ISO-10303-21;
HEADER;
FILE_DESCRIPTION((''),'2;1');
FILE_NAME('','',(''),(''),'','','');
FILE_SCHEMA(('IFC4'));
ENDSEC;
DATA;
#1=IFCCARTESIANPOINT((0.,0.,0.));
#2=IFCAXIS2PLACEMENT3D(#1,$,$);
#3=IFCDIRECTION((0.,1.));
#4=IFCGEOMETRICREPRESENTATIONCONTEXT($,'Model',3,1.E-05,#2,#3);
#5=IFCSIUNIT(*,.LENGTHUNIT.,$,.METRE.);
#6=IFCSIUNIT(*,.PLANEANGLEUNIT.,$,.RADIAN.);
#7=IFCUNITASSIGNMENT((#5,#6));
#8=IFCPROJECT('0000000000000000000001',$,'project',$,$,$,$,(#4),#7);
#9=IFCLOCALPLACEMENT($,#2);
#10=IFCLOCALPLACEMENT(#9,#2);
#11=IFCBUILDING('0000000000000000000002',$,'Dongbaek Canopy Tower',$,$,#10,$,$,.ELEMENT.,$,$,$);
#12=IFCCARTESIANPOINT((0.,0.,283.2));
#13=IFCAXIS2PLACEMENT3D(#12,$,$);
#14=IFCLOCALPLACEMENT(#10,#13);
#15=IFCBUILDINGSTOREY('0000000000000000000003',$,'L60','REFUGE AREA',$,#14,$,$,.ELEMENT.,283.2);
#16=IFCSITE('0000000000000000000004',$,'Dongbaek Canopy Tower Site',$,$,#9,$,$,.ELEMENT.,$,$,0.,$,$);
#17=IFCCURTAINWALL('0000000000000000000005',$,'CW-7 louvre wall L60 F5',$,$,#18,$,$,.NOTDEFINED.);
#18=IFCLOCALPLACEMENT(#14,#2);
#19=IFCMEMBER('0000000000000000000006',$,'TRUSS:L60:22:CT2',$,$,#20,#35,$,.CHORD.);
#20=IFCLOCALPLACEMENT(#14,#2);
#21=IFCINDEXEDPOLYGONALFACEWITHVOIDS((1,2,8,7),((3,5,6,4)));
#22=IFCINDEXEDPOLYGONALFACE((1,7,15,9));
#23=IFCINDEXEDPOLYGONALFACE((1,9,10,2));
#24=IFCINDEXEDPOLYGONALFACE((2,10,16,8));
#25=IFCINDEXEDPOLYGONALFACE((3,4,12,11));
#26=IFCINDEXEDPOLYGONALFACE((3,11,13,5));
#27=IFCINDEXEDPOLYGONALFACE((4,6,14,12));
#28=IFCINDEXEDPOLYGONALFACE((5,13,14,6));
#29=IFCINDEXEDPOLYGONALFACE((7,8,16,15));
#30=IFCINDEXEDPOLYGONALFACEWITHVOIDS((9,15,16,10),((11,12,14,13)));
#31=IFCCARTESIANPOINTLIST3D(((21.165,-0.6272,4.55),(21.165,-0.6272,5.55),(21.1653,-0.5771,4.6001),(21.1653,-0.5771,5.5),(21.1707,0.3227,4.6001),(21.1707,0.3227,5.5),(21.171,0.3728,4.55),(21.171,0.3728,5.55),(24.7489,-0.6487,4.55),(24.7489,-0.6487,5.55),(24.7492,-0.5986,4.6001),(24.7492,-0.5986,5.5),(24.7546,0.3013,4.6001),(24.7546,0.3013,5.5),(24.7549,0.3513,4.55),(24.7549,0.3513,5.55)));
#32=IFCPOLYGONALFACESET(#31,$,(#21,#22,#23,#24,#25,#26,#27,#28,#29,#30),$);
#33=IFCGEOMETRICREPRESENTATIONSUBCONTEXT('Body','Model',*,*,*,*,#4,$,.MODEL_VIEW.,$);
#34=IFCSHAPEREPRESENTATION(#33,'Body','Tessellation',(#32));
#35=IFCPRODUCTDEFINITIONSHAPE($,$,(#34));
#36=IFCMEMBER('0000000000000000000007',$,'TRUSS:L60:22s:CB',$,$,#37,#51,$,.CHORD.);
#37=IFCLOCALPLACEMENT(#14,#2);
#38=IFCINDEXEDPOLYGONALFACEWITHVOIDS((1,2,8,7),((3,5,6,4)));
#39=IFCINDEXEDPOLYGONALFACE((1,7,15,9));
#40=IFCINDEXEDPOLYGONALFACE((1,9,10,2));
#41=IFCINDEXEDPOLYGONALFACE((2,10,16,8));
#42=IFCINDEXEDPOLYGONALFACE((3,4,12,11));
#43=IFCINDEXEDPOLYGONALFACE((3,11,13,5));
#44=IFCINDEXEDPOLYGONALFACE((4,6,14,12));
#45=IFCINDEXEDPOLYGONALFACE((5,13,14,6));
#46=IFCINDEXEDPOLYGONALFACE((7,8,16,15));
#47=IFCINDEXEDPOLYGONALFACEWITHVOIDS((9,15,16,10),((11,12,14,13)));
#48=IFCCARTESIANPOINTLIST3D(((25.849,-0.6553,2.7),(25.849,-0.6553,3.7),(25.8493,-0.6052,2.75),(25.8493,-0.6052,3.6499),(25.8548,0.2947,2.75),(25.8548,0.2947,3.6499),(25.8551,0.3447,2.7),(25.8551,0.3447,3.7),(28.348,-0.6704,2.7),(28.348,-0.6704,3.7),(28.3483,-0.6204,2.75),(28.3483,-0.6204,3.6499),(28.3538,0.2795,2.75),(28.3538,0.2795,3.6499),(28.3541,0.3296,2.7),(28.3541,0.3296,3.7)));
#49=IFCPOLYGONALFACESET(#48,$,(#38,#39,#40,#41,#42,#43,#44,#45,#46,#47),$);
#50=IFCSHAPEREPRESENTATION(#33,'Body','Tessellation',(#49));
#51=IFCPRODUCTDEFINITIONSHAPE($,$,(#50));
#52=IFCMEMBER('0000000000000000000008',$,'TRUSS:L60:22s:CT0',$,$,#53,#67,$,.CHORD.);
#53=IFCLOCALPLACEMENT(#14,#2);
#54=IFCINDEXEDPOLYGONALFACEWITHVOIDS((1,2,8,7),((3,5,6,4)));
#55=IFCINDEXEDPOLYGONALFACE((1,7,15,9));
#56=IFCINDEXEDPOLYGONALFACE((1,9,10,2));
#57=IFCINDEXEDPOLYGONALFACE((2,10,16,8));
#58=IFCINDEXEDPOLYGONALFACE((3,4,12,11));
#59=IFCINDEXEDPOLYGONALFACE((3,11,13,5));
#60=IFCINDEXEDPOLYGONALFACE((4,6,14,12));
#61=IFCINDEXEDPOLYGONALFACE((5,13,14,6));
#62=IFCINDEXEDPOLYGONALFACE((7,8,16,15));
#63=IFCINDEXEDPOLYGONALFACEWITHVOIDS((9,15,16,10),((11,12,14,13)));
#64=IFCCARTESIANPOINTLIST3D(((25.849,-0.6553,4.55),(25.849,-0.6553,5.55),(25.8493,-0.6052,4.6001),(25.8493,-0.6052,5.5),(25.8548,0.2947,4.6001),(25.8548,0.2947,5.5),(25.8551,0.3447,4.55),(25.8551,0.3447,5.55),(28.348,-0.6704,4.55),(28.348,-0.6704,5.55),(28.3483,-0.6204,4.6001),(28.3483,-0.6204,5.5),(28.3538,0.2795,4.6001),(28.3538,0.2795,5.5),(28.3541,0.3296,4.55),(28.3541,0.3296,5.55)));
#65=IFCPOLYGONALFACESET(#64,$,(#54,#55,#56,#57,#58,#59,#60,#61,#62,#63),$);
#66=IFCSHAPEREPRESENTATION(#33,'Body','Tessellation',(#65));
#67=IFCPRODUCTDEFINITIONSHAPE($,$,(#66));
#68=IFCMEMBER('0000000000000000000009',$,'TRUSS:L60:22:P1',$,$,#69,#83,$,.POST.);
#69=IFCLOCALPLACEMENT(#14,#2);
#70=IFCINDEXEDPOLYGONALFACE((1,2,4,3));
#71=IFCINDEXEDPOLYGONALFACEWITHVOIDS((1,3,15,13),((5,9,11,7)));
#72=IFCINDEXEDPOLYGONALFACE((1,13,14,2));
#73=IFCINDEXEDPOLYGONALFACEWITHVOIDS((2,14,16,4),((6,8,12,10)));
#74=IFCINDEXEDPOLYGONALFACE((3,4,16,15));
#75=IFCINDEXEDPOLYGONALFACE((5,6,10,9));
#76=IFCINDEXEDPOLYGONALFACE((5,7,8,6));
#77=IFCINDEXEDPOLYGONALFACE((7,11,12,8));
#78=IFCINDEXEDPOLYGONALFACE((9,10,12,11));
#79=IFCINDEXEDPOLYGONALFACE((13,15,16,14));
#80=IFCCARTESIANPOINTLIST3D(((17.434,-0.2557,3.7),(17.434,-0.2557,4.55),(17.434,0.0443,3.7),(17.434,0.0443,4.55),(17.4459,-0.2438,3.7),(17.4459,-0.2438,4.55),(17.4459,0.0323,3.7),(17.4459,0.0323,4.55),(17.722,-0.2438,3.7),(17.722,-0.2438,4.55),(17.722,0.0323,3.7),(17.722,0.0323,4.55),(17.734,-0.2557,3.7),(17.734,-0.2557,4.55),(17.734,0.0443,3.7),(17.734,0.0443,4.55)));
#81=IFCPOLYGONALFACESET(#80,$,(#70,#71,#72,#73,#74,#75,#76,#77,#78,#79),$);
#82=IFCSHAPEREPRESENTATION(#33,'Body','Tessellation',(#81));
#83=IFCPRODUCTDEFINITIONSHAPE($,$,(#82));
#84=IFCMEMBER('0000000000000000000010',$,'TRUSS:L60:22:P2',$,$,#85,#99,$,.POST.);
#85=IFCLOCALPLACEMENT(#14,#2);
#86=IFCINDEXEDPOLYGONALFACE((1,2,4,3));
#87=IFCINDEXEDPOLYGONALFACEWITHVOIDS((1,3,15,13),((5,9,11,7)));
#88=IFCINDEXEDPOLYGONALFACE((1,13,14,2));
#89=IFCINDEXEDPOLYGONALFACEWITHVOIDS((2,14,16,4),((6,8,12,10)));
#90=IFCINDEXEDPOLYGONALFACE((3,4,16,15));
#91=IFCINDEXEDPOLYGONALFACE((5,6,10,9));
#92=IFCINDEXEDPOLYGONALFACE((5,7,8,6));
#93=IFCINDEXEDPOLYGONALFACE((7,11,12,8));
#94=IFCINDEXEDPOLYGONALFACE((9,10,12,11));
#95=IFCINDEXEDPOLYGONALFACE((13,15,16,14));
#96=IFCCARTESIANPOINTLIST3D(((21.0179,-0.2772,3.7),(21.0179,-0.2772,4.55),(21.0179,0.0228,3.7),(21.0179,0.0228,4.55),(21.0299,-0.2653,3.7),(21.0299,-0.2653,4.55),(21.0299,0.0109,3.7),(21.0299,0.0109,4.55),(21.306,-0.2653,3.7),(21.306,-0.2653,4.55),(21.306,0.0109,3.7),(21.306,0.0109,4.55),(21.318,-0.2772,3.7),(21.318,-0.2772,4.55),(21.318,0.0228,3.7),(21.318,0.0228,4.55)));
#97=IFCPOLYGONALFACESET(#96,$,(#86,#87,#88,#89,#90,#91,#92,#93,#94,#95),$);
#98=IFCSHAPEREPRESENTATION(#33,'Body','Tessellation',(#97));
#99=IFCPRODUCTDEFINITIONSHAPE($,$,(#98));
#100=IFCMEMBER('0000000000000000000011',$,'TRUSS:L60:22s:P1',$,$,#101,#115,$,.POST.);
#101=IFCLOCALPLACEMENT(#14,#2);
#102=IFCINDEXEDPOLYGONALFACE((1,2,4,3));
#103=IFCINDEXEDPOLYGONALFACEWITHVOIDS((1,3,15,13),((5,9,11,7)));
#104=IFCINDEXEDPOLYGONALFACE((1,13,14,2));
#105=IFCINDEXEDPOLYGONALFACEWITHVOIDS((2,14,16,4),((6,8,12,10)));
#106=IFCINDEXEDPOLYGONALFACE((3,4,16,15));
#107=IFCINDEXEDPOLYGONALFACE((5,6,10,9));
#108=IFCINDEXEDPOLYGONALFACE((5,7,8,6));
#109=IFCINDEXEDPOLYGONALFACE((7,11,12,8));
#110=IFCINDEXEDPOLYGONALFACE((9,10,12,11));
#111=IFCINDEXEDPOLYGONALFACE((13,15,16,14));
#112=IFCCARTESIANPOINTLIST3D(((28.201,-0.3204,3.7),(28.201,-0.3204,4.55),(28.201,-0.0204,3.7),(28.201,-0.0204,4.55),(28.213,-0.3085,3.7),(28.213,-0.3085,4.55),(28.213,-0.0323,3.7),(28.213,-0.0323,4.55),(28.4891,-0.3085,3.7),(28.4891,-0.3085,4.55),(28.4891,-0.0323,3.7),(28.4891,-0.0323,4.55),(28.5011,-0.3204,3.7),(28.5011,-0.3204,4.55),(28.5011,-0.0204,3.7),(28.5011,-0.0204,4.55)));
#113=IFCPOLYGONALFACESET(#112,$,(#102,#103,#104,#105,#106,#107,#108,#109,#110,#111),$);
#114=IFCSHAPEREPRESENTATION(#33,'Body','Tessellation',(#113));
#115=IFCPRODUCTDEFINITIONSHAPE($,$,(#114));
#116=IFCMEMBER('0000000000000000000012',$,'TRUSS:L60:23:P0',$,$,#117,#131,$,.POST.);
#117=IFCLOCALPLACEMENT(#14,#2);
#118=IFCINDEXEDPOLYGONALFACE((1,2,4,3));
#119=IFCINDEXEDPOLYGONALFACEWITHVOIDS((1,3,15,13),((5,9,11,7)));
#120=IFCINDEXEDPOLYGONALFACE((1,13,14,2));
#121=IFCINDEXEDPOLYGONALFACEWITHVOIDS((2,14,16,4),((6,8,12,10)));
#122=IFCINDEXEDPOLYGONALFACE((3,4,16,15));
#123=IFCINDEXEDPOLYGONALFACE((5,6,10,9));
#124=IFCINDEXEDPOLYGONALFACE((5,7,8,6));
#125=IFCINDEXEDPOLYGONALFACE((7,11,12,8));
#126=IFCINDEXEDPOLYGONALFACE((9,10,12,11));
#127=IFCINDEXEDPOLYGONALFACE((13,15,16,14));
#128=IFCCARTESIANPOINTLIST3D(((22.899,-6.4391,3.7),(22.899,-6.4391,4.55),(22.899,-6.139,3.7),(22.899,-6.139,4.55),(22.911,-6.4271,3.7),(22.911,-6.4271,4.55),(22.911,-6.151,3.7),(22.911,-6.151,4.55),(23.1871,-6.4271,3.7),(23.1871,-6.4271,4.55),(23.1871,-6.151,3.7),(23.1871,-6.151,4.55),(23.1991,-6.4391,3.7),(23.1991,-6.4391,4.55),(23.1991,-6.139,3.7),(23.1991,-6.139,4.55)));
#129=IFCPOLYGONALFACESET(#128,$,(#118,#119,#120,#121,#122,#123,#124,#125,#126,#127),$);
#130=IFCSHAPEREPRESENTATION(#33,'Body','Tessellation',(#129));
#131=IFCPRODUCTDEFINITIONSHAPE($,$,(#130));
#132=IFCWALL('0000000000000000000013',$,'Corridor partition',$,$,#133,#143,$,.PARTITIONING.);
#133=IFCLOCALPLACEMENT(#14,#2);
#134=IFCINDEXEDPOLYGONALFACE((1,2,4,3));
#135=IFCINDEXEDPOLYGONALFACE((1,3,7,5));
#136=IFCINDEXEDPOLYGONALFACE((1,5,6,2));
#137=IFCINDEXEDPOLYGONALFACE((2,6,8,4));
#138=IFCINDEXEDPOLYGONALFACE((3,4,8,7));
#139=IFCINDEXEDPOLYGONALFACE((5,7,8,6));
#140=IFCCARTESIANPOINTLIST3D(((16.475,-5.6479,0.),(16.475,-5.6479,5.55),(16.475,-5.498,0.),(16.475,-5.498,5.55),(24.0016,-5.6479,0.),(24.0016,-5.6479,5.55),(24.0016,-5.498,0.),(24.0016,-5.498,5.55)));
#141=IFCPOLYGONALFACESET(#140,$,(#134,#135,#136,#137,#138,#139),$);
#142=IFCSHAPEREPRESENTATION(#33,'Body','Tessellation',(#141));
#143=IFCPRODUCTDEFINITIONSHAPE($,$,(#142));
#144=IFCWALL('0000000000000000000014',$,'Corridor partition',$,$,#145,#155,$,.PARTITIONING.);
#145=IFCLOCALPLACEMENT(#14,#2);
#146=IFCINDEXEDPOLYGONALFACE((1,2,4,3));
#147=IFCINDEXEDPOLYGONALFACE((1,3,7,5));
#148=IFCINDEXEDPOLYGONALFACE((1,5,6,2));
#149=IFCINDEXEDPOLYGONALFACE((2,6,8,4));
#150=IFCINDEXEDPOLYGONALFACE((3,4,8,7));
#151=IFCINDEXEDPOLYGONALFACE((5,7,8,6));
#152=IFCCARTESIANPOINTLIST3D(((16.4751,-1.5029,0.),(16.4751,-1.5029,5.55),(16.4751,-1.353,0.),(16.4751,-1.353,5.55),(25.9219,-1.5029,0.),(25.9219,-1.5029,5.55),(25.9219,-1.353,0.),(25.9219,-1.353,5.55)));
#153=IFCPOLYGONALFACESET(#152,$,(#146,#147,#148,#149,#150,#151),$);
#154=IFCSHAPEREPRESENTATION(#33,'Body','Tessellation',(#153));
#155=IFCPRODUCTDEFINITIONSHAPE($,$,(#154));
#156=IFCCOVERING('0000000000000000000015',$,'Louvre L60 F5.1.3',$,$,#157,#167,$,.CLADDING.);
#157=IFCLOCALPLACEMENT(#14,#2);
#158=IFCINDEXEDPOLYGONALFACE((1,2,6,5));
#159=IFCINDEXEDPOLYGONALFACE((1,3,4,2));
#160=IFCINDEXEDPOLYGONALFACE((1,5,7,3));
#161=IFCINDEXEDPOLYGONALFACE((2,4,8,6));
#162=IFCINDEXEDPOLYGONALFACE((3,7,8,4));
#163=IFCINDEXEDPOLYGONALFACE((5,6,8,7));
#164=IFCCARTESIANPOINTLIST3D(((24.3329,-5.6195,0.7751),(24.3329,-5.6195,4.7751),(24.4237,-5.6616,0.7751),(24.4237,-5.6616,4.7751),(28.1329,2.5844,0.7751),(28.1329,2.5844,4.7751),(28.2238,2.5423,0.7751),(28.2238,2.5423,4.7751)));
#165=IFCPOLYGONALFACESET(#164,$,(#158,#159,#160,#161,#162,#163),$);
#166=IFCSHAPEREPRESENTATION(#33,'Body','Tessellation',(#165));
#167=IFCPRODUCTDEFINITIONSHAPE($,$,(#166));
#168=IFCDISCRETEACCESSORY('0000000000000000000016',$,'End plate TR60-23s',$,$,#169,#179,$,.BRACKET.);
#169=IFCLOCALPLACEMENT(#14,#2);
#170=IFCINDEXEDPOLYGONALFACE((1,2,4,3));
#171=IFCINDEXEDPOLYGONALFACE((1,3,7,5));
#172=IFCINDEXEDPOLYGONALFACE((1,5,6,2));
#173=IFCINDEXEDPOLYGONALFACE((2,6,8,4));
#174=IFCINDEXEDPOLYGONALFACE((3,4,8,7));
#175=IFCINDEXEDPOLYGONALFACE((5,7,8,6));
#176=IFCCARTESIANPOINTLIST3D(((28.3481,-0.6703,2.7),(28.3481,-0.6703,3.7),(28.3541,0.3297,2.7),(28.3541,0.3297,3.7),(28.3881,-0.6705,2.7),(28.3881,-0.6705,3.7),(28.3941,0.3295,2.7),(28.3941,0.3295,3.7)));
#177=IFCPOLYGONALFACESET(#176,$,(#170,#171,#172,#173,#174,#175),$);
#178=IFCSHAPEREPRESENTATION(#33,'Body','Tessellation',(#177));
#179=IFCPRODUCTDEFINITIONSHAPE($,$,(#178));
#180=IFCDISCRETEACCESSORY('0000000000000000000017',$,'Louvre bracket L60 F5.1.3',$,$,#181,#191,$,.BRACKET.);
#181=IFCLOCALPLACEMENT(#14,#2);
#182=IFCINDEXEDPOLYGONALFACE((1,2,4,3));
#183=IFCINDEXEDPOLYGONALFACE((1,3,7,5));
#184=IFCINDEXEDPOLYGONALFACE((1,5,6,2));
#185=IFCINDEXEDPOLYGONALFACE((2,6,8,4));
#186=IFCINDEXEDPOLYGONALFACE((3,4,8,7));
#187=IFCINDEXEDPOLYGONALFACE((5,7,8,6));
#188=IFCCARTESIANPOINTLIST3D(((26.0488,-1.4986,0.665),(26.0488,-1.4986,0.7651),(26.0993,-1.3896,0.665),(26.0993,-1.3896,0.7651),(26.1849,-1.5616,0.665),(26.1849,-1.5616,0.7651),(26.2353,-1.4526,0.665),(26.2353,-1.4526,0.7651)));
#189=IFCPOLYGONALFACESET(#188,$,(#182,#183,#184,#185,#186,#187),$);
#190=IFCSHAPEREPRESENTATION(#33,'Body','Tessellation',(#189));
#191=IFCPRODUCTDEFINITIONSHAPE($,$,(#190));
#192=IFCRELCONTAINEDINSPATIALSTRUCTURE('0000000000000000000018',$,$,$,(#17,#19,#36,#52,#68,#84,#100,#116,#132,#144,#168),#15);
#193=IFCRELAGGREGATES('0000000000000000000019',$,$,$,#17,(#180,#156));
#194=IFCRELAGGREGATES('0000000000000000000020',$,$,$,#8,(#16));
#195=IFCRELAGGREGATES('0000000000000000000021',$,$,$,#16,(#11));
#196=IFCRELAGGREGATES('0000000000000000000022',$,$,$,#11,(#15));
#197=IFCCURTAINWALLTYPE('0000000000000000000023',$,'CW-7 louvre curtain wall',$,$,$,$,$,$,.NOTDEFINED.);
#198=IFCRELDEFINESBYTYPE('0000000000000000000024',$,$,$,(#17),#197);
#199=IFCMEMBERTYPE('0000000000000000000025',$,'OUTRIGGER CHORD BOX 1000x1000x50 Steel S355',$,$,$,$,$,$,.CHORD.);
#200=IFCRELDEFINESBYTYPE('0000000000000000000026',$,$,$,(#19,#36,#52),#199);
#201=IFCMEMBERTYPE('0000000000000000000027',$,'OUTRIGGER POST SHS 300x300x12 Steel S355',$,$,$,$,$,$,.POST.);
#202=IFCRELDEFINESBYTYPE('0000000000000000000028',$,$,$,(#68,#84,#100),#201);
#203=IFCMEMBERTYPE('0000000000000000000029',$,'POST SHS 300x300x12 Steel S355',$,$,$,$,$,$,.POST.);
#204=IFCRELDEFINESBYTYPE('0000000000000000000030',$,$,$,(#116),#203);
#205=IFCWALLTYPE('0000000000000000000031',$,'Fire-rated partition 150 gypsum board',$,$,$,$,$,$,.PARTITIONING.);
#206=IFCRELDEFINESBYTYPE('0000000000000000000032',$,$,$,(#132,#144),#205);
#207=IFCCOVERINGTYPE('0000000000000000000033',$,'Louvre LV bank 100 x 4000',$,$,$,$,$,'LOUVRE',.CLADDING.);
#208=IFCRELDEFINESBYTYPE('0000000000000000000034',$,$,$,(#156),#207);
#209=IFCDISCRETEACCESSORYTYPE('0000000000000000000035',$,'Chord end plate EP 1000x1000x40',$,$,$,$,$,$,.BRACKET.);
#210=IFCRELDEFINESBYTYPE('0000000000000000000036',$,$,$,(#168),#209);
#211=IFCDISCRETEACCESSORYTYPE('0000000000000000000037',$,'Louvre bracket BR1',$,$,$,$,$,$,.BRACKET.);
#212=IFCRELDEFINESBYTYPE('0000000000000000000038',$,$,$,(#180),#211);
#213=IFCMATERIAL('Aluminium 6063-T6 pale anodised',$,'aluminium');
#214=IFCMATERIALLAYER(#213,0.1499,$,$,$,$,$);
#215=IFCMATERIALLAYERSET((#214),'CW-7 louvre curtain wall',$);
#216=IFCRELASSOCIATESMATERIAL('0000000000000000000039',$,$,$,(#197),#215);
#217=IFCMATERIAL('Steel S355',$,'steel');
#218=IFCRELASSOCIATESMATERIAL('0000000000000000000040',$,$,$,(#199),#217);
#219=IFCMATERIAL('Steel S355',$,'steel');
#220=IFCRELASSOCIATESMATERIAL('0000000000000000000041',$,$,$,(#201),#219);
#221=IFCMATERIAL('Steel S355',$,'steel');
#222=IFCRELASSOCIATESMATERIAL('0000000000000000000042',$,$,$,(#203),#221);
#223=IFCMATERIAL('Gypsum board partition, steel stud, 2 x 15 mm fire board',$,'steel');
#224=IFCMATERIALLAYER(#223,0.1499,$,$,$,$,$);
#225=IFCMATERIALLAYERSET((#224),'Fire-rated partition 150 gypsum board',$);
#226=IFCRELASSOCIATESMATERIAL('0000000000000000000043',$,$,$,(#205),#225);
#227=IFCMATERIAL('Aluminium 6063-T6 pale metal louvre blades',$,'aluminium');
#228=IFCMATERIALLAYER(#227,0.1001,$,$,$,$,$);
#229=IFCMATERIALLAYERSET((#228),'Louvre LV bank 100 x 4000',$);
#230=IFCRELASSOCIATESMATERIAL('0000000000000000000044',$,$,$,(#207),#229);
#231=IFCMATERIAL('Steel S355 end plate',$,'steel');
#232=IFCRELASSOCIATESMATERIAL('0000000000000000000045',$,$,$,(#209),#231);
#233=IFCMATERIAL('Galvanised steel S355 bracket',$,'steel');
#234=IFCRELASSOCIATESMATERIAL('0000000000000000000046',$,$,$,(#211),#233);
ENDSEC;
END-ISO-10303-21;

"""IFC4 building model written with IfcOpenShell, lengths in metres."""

from ifc_helpers import new_model, si_unit, direction, frame, frame_2d, origin, origin_2d, place, context, subcontext, project, spatial, rectangle, hollow_rectangle, extrude, material, layer, layer_set, material_profile, profile_set, type_object, element, aggregate, save


model = new_model("IFC4")

# Units and contexts
model_context = context("Model", 3, precision=1e-05, world=origin(), true_north=direction((0.0, 1.0)))
body_context = subcontext(model_context, "Body", "Model", "MODEL_VIEW")
ifc_project = project(units=[si_unit("LENGTHUNIT", "METRE"), si_unit("PLANEANGLEUNIT", "RADIAN")], contexts=[model_context])

# Site, building, storey
site_placement = place(None, origin())
site = spatial("IfcSite", under=ifc_project, at=site_placement, Name="Dongbaek Canopy Tower Site", CompositionType="ELEMENT", RefElevation=0.0)
building_placement = place(site_placement, origin())
building = spatial("IfcBuilding", under=site, at=building_placement, Name="Dongbaek Canopy Tower", CompositionType="ELEMENT")
storey_placement = place(building_placement, frame((0.0, 0.0, 283.2)))
storey = spatial("IfcBuildingStorey", under=building, at=storey_placement, Name="L60", Description="REFUGE AREA", CompositionType="ELEMENT", Elevation=283.2)

# Curtain wall
ifc_material_1 = material(Name="Aluminium 6063-T6 pale anodised", Category="aluminium")
ifc_layer_1 = layer(ifc_material_1, 0.1499)
ifc_layer_set_1 = layer_set([ifc_layer_1], Name="CW-7 louvre curtain wall")
curtain_wall_type = type_object("IfcCurtainWallType", Name="CW-7 louvre curtain wall", PredefinedType="NOTDEFINED", material=ifc_layer_set_1)
curtain_wall_placement = place(storey_placement, origin())
curtain_wall = element("IfcCurtainWall", 1, at=curtain_wall_placement, inside=storey, type_object=curtain_wall_type, Name="CW-7 louvre wall L60 F5", PredefinedType="NOTDEFINED")

# Members
ifc_material_2 = material(Name="Steel S355", Category="steel")
ifc_material_profile_1 = material_profile(ifc_material_2, hollow_rectangle(XDim=1.0, YDim=1.0, WallThickness=0.05, at=origin_2d()), Name="OUTRIGGER CHORD BOX 1000x1000x50 Steel S355")
ifc_profile_set_1 = profile_set([ifc_material_profile_1], Name="Steel S355")
member_type_1 = type_object("IfcMemberType", Name="OUTRIGGER CHORD BOX 1000x1000x50 Steel S355", PredefinedType="CHORD", material=ifc_profile_set_1)
for number, where, z_axis, x_axis, name in (
    (2, (21.168, -0.1272, 5.05), (0.999982, -0.005994, 0.0), (0.005994, 0.999982, 0.0), "TRUSS:L60:22:CT2"),
):
    element("IfcMember", number, at=place(storey_placement, frame(where, z_axis=z_axis, x_axis=x_axis)), inside=storey, type_object=member_type_1, Name=name, PredefinedType="CHORD", context=body_context, shape_type="SweptSolid", body=[
        extrude(hollow_rectangle(XDim=1.0, YDim=1.0, WallThickness=0.05, at=origin_2d()), origin(), (0.0, 0.0, 1.0), 3.584),
    ])
for number, where, z_axis, x_axis, name in (
    (3, (25.8521, -0.1553, 3.2), (0.999982, -0.006057, 0.0), (0.006057, 0.999982, 0.0), "TRUSS:L60:22s:CB"),
    (4, (25.8521, -0.1553, 5.05), (0.999982, -0.006057, 0.0), (0.006057, 0.999982, 0.0), "TRUSS:L60:22s:CT0"),
):
    element("IfcMember", number, at=place(storey_placement, frame(where, z_axis=z_axis, x_axis=x_axis)), inside=storey, type_object=member_type_1, Name=name, PredefinedType="CHORD", context=body_context, shape_type="SweptSolid", body=[
        extrude(hollow_rectangle(XDim=1.0, YDim=1.0, WallThickness=0.05, at=origin_2d()), origin(), (0.0, 0.0, 1.0), 2.499),
    ])
ifc_material_3 = material(Name="Steel S355", Category="steel")
ifc_material_profile_2 = material_profile(ifc_material_3, hollow_rectangle(XDim=0.3, YDim=0.3, WallThickness=0.012, at=origin_2d()), Name="OUTRIGGER POST SHS 300x300x12 Steel S355")
ifc_profile_set_2 = profile_set([ifc_material_profile_2], Name="Steel S355")
member_type_2 = type_object("IfcMemberType", Name="OUTRIGGER POST SHS 300x300x12 Steel S355", PredefinedType="POST", material=ifc_profile_set_2)
for number, where, z_axis, x_axis, name in (
    (5, (17.584, -0.1057, 3.7), (0.0, 0.0, 1.0), (1.0, 0.0, 0.0), "TRUSS:L60:22:P1"),
    (6, (21.168, -0.1272, 3.7), (0.0, 0.0, 1.0), (1.0, 0.0, 0.0), "TRUSS:L60:22:P2"),
    (7, (28.3511, -0.1704, 3.7), (0.0, 0.0, 1.0), (1.0, 0.0, 0.0), "TRUSS:L60:22s:P1"),
):
    element("IfcMember", number, at=place(storey_placement, frame(where, z_axis=z_axis, x_axis=x_axis)), inside=storey, type_object=member_type_2, Name=name, PredefinedType="POST", context=body_context, shape_type="SweptSolid", body=[
        extrude(hollow_rectangle(XDim=0.3, YDim=0.3, WallThickness=0.012, at=origin_2d()), origin(), (0.0, 0.0, 1.0), 0.8501),
    ])
ifc_material_4 = material(Name="Steel S355", Category="steel")
ifc_material_profile_3 = material_profile(ifc_material_4, hollow_rectangle(XDim=0.3, YDim=0.3, WallThickness=0.012, at=origin_2d()), Name="POST SHS 300x300x12 Steel S355")
ifc_profile_set_3 = profile_set([ifc_material_profile_3], Name="Steel S355")
member_type_3 = type_object("IfcMemberType", Name="POST SHS 300x300x12 Steel S355", PredefinedType="POST", material=ifc_profile_set_3)
member_1_placement = place(storey_placement, frame((23.0491, -6.2891, 3.7), z_axis=(0.0, 0.0, 1.0), x_axis=(1.0, 0.0, 0.0)))
element("IfcMember", 8, at=member_1_placement, inside=storey, type_object=member_type_3, Name="TRUSS:L60:23:P0", PredefinedType="POST", context=body_context, shape_type="SweptSolid", body=[
    extrude(hollow_rectangle(XDim=0.3, YDim=0.3, WallThickness=0.012, at=origin_2d()), origin(), (0.0, 0.0, 1.0), 0.8501),
])

# Walls
ifc_material_5 = material(Name="Gypsum board partition, steel stud, 2 x 15 mm fire board", Category="steel")
ifc_layer_2 = layer(ifc_material_5, 0.1499)
ifc_layer_set_2 = layer_set([ifc_layer_2], Name="Fire-rated partition 150 gypsum board")
wall_type = type_object("IfcWallType", Name="Fire-rated partition 150 gypsum board", PredefinedType="PARTITIONING", material=ifc_layer_set_2)
wall_1_placement = place(storey_placement, frame((16.4751, -5.573, 0.0), z_axis=(0.0, 0.0, 1.0), x_axis=(1.0, 0.0, 0.0)))
element("IfcWall", 9, at=wall_1_placement, inside=storey, type_object=wall_type, Name="Corridor partition", PredefinedType="PARTITIONING", context=body_context, shape_type="SweptSolid", body=[
    extrude(rectangle(XDim=7.5266, YDim=0.1499, at=frame_2d((3.7632, 0.0))), origin(), (0.0, 0.0, 1.0), 5.55),
])
wall_2_placement = place(storey_placement, frame((16.4751, -1.428, 0.0), z_axis=(0.0, 0.0, 1.0), x_axis=(1.0, 0.0, 0.0)))
element("IfcWall", 10, at=wall_2_placement, inside=storey, type_object=wall_type, Name="Corridor partition", PredefinedType="PARTITIONING", context=body_context, shape_type="SweptSolid", body=[
    extrude(rectangle(XDim=9.4468, YDim=0.1499, at=frame_2d((4.7234, 0.0))), origin(), (0.0, 0.0, 1.0), 5.55),
])

# Covering
ifc_material_6 = material(Name="Aluminium 6063-T6 pale metal louvre blades", Category="aluminium")
ifc_layer_3 = layer(ifc_material_6, 0.1001)
ifc_layer_set_3 = layer_set([ifc_layer_3], Name="Louvre LV bank 100 x 4000")
covering_type = type_object("IfcCoveringType", Name="Louvre LV bank 100 x 4000", ElementType="LOUVRE", PredefinedType="CLADDING", material=ifc_layer_set_3)
covering_placement = place(storey_placement, frame((26.2783, -1.5386, 0.7751), z_axis=(0.0, 0.0, 1.0), x_axis=(0.4203, 0.907385, 0.0)))
covering = element("IfcCovering", 11, at=covering_placement, type_object=covering_type, Name="Louvre L60 F5.1.3", PredefinedType="CLADDING", context=body_context, shape_type="SweptSolid", body=[
    extrude(rectangle(XDim=9.0413, YDim=0.1001, at=origin_2d()), origin(), (0.0, 0.0, 1.0), 4.0),
])

# Discrete accessories
ifc_material_7 = material(Name="Steel S355 end plate", Category="steel")
discrete_accessory_type_1 = type_object("IfcDiscreteAccessoryType", Name="Chord end plate EP 1000x1000x40", PredefinedType="BRACKET", material=ifc_material_7)
discrete_accessory_1_placement = place(storey_placement, frame((28.3711, -0.1704, 2.7), z_axis=(0.0, 0.0, 1.0), x_axis=(-0.999982, 0.006007, 0.0)))
element("IfcDiscreteAccessory", 12, at=discrete_accessory_1_placement, inside=storey, type_object=discrete_accessory_type_1, Name="End plate TR60-23s", PredefinedType="BRACKET", context=body_context, shape_type="SweptSolid", body=[
    extrude(rectangle(XDim=0.04, YDim=1.0, at=origin_2d()), origin(), (0.0, 0.0, 1.0), 1.0),
])
ifc_material_8 = material(Name="Galvanised steel S355 bracket", Category="steel")
discrete_accessory_type_2 = type_object("IfcDiscreteAccessoryType", Name="Louvre bracket BR1", PredefinedType="BRACKET", material=ifc_material_8)
discrete_accessory_2_placement = place(storey_placement, frame((26.1421, -1.4756, 0.665), z_axis=(0.0, 0.0, 1.0), x_axis=(0.4203, 0.907385, 0.0)))
discrete_accessory_2 = element("IfcDiscreteAccessory", 13, at=discrete_accessory_2_placement, type_object=discrete_accessory_type_2, Name="Louvre bracket L60 F5.1.3", PredefinedType="BRACKET", context=body_context, shape_type="SweptSolid", body=[
    extrude(rectangle(XDim=0.1201, YDim=0.1499, at=origin_2d()), origin(), (0.0, 0.0, 1.0), 0.1001),
])
aggregate(curtain_wall, [discrete_accessory_2, covering])

save(model, "model.ifc")
